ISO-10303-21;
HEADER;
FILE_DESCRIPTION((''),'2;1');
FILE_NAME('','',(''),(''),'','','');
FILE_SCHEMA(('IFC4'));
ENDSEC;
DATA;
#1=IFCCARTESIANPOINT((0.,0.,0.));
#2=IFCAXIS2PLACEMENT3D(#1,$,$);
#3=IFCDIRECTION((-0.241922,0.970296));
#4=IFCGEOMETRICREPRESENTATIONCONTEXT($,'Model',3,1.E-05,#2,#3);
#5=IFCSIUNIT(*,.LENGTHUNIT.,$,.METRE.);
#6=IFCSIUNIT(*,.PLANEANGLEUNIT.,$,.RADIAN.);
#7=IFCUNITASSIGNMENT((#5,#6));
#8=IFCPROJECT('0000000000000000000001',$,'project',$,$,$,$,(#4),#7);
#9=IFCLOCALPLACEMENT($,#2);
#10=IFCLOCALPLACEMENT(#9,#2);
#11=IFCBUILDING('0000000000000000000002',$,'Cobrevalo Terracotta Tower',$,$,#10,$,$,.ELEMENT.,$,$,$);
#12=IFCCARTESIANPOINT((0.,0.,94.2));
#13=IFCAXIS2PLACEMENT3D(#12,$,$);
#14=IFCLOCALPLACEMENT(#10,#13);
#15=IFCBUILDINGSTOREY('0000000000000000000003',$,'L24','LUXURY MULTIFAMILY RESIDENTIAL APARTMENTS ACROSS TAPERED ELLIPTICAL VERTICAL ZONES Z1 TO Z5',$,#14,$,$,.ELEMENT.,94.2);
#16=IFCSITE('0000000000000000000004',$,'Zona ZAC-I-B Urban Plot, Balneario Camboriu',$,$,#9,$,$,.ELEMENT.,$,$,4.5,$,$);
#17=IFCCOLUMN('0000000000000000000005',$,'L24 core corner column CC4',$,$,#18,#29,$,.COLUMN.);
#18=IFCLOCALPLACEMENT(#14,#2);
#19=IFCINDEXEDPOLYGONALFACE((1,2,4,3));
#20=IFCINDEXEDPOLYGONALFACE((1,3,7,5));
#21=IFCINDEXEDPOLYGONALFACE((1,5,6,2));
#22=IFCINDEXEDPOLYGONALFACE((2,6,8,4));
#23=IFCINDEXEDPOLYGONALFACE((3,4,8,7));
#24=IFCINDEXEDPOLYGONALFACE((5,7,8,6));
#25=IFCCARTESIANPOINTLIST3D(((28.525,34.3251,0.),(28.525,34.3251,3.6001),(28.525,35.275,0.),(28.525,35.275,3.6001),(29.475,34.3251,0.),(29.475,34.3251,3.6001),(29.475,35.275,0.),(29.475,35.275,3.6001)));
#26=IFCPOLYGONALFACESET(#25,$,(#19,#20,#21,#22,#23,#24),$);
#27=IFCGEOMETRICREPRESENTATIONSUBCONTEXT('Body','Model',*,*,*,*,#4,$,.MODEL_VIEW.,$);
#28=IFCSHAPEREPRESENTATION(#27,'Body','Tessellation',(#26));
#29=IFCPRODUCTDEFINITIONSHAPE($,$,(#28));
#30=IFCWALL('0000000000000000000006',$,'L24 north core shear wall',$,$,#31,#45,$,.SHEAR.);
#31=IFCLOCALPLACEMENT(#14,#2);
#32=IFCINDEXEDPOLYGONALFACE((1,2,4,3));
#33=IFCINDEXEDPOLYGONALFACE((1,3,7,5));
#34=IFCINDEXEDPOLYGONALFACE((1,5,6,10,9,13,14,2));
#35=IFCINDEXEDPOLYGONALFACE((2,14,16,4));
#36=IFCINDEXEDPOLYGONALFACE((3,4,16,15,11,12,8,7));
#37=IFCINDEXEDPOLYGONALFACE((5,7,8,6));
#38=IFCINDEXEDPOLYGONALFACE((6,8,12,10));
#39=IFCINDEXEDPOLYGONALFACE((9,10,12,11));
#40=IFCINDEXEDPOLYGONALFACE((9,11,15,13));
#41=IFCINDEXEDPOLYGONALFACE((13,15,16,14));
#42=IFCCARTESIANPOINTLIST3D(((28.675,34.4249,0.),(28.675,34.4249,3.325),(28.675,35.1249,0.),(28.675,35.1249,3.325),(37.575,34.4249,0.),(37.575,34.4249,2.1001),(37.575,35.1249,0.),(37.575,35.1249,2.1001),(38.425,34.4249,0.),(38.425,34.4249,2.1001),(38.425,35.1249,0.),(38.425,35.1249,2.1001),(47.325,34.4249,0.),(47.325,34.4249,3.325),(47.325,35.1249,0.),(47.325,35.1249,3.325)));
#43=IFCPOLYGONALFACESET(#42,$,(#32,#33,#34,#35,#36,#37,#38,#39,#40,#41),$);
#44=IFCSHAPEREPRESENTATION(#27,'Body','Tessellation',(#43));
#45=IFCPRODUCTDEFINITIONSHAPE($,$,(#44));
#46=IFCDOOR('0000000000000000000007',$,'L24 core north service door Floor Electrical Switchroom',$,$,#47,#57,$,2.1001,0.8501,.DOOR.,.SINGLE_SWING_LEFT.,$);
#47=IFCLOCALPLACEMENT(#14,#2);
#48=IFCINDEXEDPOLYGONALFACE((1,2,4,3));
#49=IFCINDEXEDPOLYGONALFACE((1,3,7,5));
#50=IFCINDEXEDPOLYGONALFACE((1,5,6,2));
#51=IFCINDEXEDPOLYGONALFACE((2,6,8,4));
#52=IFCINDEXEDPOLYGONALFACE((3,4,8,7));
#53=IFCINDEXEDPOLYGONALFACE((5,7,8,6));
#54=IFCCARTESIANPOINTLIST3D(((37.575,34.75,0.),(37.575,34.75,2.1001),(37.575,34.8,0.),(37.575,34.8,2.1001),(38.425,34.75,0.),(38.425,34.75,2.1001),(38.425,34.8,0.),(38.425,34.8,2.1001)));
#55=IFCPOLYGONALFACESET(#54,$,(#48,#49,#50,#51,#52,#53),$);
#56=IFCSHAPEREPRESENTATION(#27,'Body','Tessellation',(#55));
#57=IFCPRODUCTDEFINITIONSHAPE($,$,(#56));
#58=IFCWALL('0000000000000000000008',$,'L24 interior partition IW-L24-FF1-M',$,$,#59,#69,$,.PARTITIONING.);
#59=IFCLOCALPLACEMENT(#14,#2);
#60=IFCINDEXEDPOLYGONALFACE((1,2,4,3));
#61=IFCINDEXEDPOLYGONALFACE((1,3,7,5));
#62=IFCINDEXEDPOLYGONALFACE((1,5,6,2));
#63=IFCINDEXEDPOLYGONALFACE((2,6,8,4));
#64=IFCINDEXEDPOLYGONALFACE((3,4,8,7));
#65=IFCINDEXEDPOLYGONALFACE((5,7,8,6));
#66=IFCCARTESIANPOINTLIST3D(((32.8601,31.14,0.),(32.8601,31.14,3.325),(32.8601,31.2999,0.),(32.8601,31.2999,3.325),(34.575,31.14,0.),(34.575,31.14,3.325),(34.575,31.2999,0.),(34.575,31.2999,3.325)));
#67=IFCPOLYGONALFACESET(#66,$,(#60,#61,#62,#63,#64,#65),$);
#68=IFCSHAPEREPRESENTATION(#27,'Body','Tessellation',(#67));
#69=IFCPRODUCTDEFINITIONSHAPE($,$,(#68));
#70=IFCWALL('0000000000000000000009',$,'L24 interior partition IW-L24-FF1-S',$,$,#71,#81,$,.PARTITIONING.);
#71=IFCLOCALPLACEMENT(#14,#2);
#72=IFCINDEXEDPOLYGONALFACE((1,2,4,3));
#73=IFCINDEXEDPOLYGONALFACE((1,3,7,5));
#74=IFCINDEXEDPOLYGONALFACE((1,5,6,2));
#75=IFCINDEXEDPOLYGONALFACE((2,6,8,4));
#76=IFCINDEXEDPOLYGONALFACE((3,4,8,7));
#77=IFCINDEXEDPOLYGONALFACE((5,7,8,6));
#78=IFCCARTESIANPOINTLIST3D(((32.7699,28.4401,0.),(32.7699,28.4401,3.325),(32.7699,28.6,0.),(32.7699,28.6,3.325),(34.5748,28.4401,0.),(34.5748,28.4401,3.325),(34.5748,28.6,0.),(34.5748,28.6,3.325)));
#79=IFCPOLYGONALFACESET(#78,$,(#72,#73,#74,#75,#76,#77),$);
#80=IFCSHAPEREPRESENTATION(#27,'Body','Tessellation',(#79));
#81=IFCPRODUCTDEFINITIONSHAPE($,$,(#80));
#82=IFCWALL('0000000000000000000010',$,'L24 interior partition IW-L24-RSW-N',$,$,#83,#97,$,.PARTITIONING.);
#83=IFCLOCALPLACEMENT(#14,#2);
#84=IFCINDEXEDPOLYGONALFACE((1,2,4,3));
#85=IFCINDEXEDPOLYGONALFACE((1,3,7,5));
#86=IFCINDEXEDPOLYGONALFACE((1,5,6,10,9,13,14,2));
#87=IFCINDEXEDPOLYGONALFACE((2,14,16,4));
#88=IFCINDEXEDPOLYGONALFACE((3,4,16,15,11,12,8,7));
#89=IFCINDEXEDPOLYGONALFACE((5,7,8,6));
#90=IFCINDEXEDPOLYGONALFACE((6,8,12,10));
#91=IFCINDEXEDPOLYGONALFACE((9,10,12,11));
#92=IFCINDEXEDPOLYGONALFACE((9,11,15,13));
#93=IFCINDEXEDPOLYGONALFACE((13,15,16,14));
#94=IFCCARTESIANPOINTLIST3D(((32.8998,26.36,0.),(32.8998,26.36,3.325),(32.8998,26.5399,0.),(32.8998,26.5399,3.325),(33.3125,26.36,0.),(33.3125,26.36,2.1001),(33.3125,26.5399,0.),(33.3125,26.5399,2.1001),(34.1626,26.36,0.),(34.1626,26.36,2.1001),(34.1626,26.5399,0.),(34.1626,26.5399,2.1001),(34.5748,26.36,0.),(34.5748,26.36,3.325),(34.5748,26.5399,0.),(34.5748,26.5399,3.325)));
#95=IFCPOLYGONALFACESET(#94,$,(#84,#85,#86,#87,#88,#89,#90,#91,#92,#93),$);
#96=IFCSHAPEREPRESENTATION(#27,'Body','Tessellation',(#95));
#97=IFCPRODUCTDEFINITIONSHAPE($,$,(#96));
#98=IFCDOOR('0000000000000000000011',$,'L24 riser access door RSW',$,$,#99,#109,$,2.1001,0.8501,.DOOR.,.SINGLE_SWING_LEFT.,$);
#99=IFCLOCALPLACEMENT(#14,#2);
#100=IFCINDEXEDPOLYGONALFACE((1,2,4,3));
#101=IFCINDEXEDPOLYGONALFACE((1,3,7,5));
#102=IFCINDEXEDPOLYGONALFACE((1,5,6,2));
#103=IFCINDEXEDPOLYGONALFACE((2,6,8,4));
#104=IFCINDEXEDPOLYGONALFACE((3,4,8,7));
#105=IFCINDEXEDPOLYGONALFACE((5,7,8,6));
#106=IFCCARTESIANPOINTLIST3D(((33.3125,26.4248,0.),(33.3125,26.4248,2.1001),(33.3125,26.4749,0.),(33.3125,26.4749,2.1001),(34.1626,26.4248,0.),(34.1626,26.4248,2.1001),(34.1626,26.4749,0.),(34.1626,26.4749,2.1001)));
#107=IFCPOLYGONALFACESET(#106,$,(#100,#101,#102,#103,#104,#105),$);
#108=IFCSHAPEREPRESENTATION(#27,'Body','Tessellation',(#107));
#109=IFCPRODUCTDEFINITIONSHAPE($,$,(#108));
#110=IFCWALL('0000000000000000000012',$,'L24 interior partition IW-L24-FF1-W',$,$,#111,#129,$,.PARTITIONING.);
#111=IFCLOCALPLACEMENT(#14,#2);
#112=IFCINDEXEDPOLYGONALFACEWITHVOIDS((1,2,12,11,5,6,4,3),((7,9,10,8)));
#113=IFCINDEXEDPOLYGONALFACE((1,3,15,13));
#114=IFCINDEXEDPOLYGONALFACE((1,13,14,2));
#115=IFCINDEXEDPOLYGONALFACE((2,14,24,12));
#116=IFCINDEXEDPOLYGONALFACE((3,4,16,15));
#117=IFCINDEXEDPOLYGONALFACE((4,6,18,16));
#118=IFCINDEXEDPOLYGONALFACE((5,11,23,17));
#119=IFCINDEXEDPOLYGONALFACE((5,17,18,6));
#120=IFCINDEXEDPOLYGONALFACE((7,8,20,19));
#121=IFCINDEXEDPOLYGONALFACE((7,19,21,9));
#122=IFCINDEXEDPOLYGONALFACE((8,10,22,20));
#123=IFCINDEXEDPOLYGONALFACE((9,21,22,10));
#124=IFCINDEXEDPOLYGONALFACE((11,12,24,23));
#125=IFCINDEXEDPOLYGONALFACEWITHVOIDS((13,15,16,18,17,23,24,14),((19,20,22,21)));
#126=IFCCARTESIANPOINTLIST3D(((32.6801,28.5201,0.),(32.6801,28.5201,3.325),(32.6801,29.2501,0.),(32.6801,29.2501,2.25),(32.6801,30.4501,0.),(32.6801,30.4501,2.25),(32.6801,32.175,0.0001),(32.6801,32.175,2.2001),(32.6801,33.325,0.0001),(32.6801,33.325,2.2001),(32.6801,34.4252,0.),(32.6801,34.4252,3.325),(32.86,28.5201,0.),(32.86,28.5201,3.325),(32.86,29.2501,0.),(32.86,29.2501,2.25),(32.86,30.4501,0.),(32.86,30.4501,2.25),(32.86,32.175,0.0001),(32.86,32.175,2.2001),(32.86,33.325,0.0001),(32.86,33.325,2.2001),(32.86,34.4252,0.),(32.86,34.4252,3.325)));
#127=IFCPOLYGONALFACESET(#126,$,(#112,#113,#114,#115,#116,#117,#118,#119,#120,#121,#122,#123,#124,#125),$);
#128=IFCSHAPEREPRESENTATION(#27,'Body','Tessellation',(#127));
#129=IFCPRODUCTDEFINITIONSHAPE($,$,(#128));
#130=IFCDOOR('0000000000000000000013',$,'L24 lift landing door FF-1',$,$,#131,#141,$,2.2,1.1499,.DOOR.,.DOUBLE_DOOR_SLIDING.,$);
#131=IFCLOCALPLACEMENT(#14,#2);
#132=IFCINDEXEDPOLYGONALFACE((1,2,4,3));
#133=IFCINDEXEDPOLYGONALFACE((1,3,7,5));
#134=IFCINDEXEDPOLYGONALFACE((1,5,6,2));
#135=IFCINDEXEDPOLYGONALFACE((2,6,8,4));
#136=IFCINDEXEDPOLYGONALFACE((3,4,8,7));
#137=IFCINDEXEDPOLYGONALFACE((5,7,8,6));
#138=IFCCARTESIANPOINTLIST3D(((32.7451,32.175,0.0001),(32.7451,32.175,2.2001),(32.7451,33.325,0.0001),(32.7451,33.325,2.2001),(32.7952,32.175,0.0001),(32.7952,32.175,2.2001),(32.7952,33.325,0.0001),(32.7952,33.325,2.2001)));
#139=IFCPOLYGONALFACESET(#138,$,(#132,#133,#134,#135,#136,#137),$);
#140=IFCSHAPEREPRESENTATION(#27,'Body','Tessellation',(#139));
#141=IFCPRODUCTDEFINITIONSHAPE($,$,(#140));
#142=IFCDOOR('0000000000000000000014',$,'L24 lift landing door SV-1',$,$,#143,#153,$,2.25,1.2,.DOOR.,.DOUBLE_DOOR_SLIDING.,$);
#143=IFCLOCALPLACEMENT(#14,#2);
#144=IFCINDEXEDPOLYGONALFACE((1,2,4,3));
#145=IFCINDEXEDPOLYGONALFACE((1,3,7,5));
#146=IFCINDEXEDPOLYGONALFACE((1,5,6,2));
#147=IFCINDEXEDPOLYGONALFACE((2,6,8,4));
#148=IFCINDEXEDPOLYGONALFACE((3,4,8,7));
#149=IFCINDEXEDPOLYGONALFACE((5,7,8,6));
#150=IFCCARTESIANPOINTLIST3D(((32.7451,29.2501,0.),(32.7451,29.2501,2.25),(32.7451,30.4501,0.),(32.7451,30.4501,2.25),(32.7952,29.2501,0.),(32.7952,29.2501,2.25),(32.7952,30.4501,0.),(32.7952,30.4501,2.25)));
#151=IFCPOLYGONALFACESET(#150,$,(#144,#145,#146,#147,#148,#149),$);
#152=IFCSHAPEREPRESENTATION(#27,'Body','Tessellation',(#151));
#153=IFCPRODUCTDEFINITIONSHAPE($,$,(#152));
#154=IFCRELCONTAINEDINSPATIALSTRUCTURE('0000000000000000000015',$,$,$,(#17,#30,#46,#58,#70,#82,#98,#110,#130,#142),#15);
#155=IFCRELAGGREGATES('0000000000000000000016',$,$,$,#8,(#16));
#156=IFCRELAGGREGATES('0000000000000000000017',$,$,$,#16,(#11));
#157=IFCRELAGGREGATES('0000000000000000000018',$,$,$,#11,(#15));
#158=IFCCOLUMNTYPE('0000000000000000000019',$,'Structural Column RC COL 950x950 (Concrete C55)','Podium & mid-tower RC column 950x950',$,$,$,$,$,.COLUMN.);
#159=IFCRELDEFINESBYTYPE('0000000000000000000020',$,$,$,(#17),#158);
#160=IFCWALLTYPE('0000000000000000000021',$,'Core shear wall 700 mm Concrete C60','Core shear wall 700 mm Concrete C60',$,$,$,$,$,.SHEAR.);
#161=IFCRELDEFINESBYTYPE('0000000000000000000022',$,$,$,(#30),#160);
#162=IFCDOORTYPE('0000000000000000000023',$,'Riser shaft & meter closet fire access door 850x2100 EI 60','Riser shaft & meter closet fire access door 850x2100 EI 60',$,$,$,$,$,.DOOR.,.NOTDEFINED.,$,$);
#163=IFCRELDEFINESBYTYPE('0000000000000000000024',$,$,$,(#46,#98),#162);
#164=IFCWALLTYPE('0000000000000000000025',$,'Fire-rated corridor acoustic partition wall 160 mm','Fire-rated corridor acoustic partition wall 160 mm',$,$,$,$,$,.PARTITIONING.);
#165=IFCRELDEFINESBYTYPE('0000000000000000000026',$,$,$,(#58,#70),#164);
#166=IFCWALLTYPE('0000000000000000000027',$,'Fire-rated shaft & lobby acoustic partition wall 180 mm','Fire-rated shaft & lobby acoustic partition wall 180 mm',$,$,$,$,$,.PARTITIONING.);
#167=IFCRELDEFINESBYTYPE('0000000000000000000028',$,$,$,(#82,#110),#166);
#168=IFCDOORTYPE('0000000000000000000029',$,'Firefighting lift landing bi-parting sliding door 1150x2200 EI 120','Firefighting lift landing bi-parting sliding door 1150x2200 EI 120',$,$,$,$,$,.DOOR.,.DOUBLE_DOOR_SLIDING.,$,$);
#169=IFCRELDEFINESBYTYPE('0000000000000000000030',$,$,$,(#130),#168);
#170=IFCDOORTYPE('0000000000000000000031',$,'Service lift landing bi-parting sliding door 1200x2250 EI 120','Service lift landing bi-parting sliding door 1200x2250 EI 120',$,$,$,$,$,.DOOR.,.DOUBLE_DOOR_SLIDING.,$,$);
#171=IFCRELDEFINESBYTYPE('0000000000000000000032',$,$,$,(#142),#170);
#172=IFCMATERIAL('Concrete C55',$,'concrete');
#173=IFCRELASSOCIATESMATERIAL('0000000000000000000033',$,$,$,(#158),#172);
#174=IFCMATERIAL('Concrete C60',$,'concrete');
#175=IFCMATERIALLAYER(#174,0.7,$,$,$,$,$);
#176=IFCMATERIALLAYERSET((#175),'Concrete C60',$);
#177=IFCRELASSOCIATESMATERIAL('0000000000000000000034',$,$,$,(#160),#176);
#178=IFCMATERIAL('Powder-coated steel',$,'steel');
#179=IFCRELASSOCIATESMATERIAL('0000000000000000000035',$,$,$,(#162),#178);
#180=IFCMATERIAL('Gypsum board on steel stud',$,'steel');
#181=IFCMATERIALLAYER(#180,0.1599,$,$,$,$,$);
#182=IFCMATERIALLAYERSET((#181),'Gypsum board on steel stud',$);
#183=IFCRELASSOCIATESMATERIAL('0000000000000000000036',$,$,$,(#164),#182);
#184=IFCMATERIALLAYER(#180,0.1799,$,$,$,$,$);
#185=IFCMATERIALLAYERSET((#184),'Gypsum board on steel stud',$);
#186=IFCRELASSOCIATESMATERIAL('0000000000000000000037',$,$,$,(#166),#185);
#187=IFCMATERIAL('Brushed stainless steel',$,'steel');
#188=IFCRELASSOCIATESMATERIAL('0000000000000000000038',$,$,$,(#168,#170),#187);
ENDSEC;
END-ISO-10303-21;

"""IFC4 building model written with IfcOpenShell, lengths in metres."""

from ifc_helpers import new_model, si_unit, direction, frame, frame_2d, origin, origin_2d, place, context, subcontext, project, spatial, rectangle, extrude, source, transform, mapped, material, layer, layer_set, material_profile, profile_set, type_object, element, fill, save


model = new_model("IFC4")

# Units and contexts
model_context = context("Model", 3, precision=1e-05, world=origin(), true_north=direction((-0.241922, 0.970296)))
body_context = subcontext(model_context, "Body", "Model", "MODEL_VIEW")
ifc_project = project(units=[si_unit("LENGTHUNIT", "METRE"), si_unit("PLANEANGLEUNIT", "RADIAN")], contexts=[model_context])

# Site, building, storey
site_placement = place(None, origin())
site = spatial("IfcSite", under=ifc_project, at=site_placement, Name="Zona ZAC-I-B Urban Plot, Balneario Camboriu", CompositionType="ELEMENT", RefElevation=4.5)
building_placement = place(site_placement, origin())
building = spatial("IfcBuilding", under=site, at=building_placement, Name="Cobrevalo Terracotta Tower", CompositionType="ELEMENT")
storey_placement = place(building_placement, frame((0.0, 0.0, 94.2)))
storey = spatial("IfcBuildingStorey", under=building, at=storey_placement, Name="L24", Description="LUXURY MULTIFAMILY RESIDENTIAL APARTMENTS ACROSS TAPERED ELLIPTICAL VERTICAL ZONES Z1 TO Z5", CompositionType="ELEMENT", Elevation=94.2)

# Column
ifc_material_1 = material(Name="Concrete C55", Category="concrete")
ifc_material_profile = material_profile(ifc_material_1, rectangle(XDim=0.95, YDim=0.95, at=origin_2d()), Name="RC COL 950x950")
ifc_profile_set = profile_set([ifc_material_profile], Name="Concrete C55")
column_type = type_object("IfcColumnType", Name="Structural Column RC COL 950x950 (Concrete C55)", Description="Podium & mid-tower RC column 950x950", PredefinedType="COLUMN", material=ifc_profile_set)
column_placement = place(storey_placement, frame((29.0, 34.8, 0.0), z_axis=(0.0, 0.0, 1.0), x_axis=(1.0, 0.0, 0.0)))
element("IfcColumn", 1, at=column_placement, inside=storey, type_object=column_type, Name="L24 core corner column CC4", PredefinedType="COLUMN", context=body_context, shape_type="SweptSolid", body=[
    extrude(rectangle(XDim=0.95, YDim=0.95, at=origin_2d()), origin(), (0.0, 0.0, 1.0), 3.6001),
])

# Wall, opening, door
ifc_material_2 = material(Name="Concrete C60", Category="concrete")
ifc_layer_1 = layer(ifc_material_2, 0.7)
ifc_layer_set_1 = layer_set([ifc_layer_1], Name="Concrete C60")
wall_type_1 = type_object("IfcWallType", Name="Core shear wall 700 mm Concrete C60", Description="Core shear wall 700 mm Concrete C60", PredefinedType="SHEAR", material=ifc_layer_set_1)
wall_1_placement = place(storey_placement, frame((28.675, 34.7749, 0.0), z_axis=(0.0, 0.0, 1.0), x_axis=(1.0, 0.0, 0.0)))
wall_1 = element("IfcWall", 2, at=wall_1_placement, inside=storey, type_object=wall_type_1, Name="L24 north core shear wall", PredefinedType="SHEAR", context=body_context, shape_type="SweptSolid", body=[
    extrude(rectangle(XDim=18.6499, YDim=0.7, at=frame_2d((9.325, 0.0))), origin(), (0.0, 0.0, 1.0), 3.325),
])
opening_1_placement = place(wall_1_placement, frame((8.8999, 0.0, 0.0)))
opening_1 = element("IfcOpeningElement", 3, at=opening_1_placement, cuts=wall_1, PredefinedType="OPENING", context=body_context, shape_type="SweptSolid", body=[
    extrude(rectangle(XDim=0.8501, YDim=2.1001, at=frame_2d((0.425, 1.05))), frame((0.0, 0.3599, 0.0), z_axis=(0.0, -1.0, 0.0), x_axis=(1.0, 0.0, 0.0)), (0.0, 0.0, 1.0), 0.72),
])
ifc_material_3 = material(Name="Powder-coated steel", Category="steel")
door_type_1 = type_object("IfcDoorType", Name="Riser shaft & meter closet fire access door 850x2100 EI 60", Description="Riser shaft & meter closet fire access door 850x2100 EI 60", OperationType="NOTDEFINED", PredefinedType="DOOR", material=ifc_material_3)
shared_shape_1 = source(origin(), body_context, "Body", "SweptSolid", [
    extrude(rectangle(XDim=0.8501, YDim=2.1001, at=frame_2d((0.425, 1.05))), frame((0.0, 0.0249, 0.0), z_axis=(0.0, -1.0, 0.0), x_axis=(1.0, 0.0, 0.0)), (0.0, 0.0, 1.0), 0.05),
])
door_1_placement = place(opening_1_placement, frame((0.8501, 0.0, 0.0), z_axis=(0.0, 0.0, 1.0), x_axis=(-1.0, 0.0, 0.0)))
door_1 = element("IfcDoor", 4, at=door_1_placement, inside=storey, type_object=door_type_1, Name="L24 core north service door Floor Electrical Switchroom", OperationType="SINGLE_SWING_LEFT", OverallHeight=2.1001, OverallWidth=0.8501, PredefinedType="DOOR", context=body_context, shape_type="MappedRepresentation", body=[
    mapped(shared_shape_1, transform((0.0, 0.0, 0.0), scale=1.0)),
])
fill(opening_1, door_1)

# Walls
ifc_material_4 = material(Name="Gypsum board on steel stud", Category="steel")
ifc_layer_2 = layer(ifc_material_4, 0.1599)
ifc_layer_set_2 = layer_set([ifc_layer_2], Name="Gypsum board on steel stud")
wall_type_2 = type_object("IfcWallType", Name="Fire-rated corridor acoustic partition wall 160 mm", Description="Fire-rated corridor acoustic partition wall 160 mm", PredefinedType="PARTITIONING", material=ifc_layer_set_2)
wall_2_placement = place(storey_placement, frame((32.8601, 31.22, 0.0), z_axis=(0.0, 0.0, 1.0), x_axis=(1.0, 0.0, 0.0)))
element("IfcWall", 5, at=wall_2_placement, inside=storey, type_object=wall_type_2, Name="L24 interior partition IW-L24-FF1-M", PredefinedType="PARTITIONING", context=body_context, shape_type="SweptSolid", body=[
    extrude(rectangle(XDim=1.7148, YDim=0.1599, at=frame_2d((0.8574, 0.0))), origin(), (0.0, 0.0, 1.0), 3.325),
])
wall_3_placement = place(storey_placement, frame((32.77, 28.52, 0.0), z_axis=(0.0, 0.0, 1.0), x_axis=(1.0, 0.0, 0.0)))
element("IfcWall", 6, at=wall_3_placement, inside=storey, type_object=wall_type_2, Name="L24 interior partition IW-L24-FF1-S", PredefinedType="PARTITIONING", context=body_context, shape_type="SweptSolid", body=[
    extrude(rectangle(XDim=1.8049, YDim=0.1599, at=frame_2d((0.9023, 0.0))), origin(), (0.0, 0.0, 1.0), 3.325),
])

# Wall, opening, door
ifc_layer_3 = layer(ifc_material_4, 0.1799)
ifc_layer_set_3 = layer_set([ifc_layer_3], Name="Gypsum board on steel stud")
wall_type_3 = type_object("IfcWallType", Name="Fire-rated shaft & lobby acoustic partition wall 180 mm", Description="Fire-rated shaft & lobby acoustic partition wall 180 mm", PredefinedType="PARTITIONING", material=ifc_layer_set_3)
wall_4_placement = place(storey_placement, frame((32.8999, 26.45, 0.0), z_axis=(0.0, 0.0, 1.0), x_axis=(1.0, 0.0, 0.0)))
wall_4 = element("IfcWall", 7, at=wall_4_placement, inside=storey, type_object=wall_type_3, Name="L24 interior partition IW-L24-RSW-N", PredefinedType="PARTITIONING", context=body_context, shape_type="SweptSolid", body=[
    extrude(rectangle(XDim=1.675, YDim=0.1799, at=frame_2d((0.8374, 0.0))), origin(), (0.0, 0.0, 1.0), 3.325),
])
opening_2_placement = place(wall_4_placement, frame((0.4126, 0.0, 0.0)))
opening_2 = element("IfcOpeningElement", 8, at=opening_2_placement, cuts=wall_4, PredefinedType="OPENING", context=body_context, shape_type="SweptSolid", body=[
    extrude(rectangle(XDim=0.8501, YDim=2.1001, at=frame_2d((0.425, 1.05))), frame((0.0, 0.1001, 0.0), z_axis=(0.0, -1.0, 0.0), x_axis=(1.0, 0.0, 0.0)), (0.0, 0.0, 1.0), 0.2),
])
door_2_placement = place(opening_2_placement, origin())
door_2 = element("IfcDoor", 9, at=door_2_placement, inside=storey, type_object=door_type_1, Name="L24 riser access door RSW", OperationType="SINGLE_SWING_LEFT", OverallHeight=2.1001, OverallWidth=0.8501, PredefinedType="DOOR", context=body_context, shape_type="MappedRepresentation", body=[
    mapped(shared_shape_1, transform((0.0, 0.0, 0.0), scale=1.0)),
])
fill(opening_2, door_2)

# Wall, openings, doors
wall_5_placement = place(storey_placement, frame((32.77, 28.52, 0.0), z_axis=(0.0, 0.0, 1.0), x_axis=(0.0, 1.0, 0.0)))
wall_5 = element("IfcWall", 10, at=wall_5_placement, inside=storey, type_object=wall_type_3, Name="L24 interior partition IW-L24-FF1-W", PredefinedType="PARTITIONING", context=body_context, shape_type="SweptSolid", body=[
    extrude(rectangle(XDim=5.905, YDim=0.1799, at=frame_2d((2.9526, 0.0))), origin(), (0.0, 0.0, 1.0), 3.325),
])
opening_3_placement = place(wall_5_placement, frame((3.655, 0.0, 0.0)))
opening_3 = element("IfcOpeningElement", 11, at=opening_3_placement, cuts=wall_5, PredefinedType="OPENING", context=body_context, shape_type="SweptSolid", body=[
    extrude(rectangle(XDim=1.1499, YDim=2.2, at=frame_2d((0.575, 1.1001))), frame((0.0, 0.1001, 0.0), z_axis=(0.0, -1.0, 0.0), x_axis=(1.0, 0.0, 0.0)), (0.0, 0.0, 1.0), 0.2),
])
opening_4_placement = place(wall_5_placement, frame((0.73, 0.0, 0.0)))
opening_4 = element("IfcOpeningElement", 12, at=opening_4_placement, cuts=wall_5, PredefinedType="OPENING", context=body_context, shape_type="SweptSolid", body=[
    extrude(rectangle(XDim=1.2, YDim=2.25, at=frame_2d((0.6001, 1.125))), frame((0.0, 0.1001, 0.0), z_axis=(0.0, -1.0, 0.0), x_axis=(1.0, 0.0, 0.0)), (0.0, 0.0, 1.0), 0.2),
])
ifc_material_5 = material(Name="Brushed stainless steel", Category="steel")
door_type_2 = type_object("IfcDoorType", Name="Firefighting lift landing bi-parting sliding door 1150x2200 EI 120", Description="Firefighting lift landing bi-parting sliding door 1150x2200 EI 120", OperationType="DOUBLE_DOOR_SLIDING", PredefinedType="DOOR", material=ifc_material_5)
shared_shape_2 = source(origin(), body_context, "Body", "SweptSolid", [
    extrude(rectangle(XDim=1.1499, YDim=2.2, at=frame_2d((0.575, 1.1001))), frame((0.0, 0.0249, 0.0), z_axis=(0.0, -1.0, 0.0), x_axis=(1.0, 0.0, 0.0)), (0.0, 0.0, 1.0), 0.05),
])
door_3_placement = place(opening_3_placement, origin())
door_3 = element("IfcDoor", 13, at=door_3_placement, inside=storey, type_object=door_type_2, Name="L24 lift landing door FF-1", OperationType="DOUBLE_DOOR_SLIDING", OverallHeight=2.2, OverallWidth=1.1499, PredefinedType="DOOR", context=body_context, shape_type="MappedRepresentation", body=[
    mapped(shared_shape_2, transform((0.0, 0.0, 0.0), scale=1.0)),
])
fill(opening_3, door_3)
door_type_3 = type_object("IfcDoorType", Name="Service lift landing bi-parting sliding door 1200x2250 EI 120", Description="Service lift landing bi-parting sliding door 1200x2250 EI 120", OperationType="DOUBLE_DOOR_SLIDING", PredefinedType="DOOR", material=ifc_material_5)
shared_shape_3 = source(origin(), body_context, "Body", "SweptSolid", [
    extrude(rectangle(XDim=1.2, YDim=2.25, at=frame_2d((0.6001, 1.125))), frame((0.0, 0.0249, 0.0), z_axis=(0.0, -1.0, 0.0), x_axis=(1.0, 0.0, 0.0)), (0.0, 0.0, 1.0), 0.05),
])
door_4_placement = place(opening_4_placement, origin())
door_4 = element("IfcDoor", 14, at=door_4_placement, inside=storey, type_object=door_type_3, Name="L24 lift landing door SV-1", OperationType="DOUBLE_DOOR_SLIDING", OverallHeight=2.25, OverallWidth=1.2, PredefinedType="DOOR", context=body_context, shape_type="MappedRepresentation", body=[
    mapped(shared_shape_3, transform((0.0, 0.0, 0.0), scale=1.0)),
])
fill(opening_4, door_4)

save(model, "model.ifc")
